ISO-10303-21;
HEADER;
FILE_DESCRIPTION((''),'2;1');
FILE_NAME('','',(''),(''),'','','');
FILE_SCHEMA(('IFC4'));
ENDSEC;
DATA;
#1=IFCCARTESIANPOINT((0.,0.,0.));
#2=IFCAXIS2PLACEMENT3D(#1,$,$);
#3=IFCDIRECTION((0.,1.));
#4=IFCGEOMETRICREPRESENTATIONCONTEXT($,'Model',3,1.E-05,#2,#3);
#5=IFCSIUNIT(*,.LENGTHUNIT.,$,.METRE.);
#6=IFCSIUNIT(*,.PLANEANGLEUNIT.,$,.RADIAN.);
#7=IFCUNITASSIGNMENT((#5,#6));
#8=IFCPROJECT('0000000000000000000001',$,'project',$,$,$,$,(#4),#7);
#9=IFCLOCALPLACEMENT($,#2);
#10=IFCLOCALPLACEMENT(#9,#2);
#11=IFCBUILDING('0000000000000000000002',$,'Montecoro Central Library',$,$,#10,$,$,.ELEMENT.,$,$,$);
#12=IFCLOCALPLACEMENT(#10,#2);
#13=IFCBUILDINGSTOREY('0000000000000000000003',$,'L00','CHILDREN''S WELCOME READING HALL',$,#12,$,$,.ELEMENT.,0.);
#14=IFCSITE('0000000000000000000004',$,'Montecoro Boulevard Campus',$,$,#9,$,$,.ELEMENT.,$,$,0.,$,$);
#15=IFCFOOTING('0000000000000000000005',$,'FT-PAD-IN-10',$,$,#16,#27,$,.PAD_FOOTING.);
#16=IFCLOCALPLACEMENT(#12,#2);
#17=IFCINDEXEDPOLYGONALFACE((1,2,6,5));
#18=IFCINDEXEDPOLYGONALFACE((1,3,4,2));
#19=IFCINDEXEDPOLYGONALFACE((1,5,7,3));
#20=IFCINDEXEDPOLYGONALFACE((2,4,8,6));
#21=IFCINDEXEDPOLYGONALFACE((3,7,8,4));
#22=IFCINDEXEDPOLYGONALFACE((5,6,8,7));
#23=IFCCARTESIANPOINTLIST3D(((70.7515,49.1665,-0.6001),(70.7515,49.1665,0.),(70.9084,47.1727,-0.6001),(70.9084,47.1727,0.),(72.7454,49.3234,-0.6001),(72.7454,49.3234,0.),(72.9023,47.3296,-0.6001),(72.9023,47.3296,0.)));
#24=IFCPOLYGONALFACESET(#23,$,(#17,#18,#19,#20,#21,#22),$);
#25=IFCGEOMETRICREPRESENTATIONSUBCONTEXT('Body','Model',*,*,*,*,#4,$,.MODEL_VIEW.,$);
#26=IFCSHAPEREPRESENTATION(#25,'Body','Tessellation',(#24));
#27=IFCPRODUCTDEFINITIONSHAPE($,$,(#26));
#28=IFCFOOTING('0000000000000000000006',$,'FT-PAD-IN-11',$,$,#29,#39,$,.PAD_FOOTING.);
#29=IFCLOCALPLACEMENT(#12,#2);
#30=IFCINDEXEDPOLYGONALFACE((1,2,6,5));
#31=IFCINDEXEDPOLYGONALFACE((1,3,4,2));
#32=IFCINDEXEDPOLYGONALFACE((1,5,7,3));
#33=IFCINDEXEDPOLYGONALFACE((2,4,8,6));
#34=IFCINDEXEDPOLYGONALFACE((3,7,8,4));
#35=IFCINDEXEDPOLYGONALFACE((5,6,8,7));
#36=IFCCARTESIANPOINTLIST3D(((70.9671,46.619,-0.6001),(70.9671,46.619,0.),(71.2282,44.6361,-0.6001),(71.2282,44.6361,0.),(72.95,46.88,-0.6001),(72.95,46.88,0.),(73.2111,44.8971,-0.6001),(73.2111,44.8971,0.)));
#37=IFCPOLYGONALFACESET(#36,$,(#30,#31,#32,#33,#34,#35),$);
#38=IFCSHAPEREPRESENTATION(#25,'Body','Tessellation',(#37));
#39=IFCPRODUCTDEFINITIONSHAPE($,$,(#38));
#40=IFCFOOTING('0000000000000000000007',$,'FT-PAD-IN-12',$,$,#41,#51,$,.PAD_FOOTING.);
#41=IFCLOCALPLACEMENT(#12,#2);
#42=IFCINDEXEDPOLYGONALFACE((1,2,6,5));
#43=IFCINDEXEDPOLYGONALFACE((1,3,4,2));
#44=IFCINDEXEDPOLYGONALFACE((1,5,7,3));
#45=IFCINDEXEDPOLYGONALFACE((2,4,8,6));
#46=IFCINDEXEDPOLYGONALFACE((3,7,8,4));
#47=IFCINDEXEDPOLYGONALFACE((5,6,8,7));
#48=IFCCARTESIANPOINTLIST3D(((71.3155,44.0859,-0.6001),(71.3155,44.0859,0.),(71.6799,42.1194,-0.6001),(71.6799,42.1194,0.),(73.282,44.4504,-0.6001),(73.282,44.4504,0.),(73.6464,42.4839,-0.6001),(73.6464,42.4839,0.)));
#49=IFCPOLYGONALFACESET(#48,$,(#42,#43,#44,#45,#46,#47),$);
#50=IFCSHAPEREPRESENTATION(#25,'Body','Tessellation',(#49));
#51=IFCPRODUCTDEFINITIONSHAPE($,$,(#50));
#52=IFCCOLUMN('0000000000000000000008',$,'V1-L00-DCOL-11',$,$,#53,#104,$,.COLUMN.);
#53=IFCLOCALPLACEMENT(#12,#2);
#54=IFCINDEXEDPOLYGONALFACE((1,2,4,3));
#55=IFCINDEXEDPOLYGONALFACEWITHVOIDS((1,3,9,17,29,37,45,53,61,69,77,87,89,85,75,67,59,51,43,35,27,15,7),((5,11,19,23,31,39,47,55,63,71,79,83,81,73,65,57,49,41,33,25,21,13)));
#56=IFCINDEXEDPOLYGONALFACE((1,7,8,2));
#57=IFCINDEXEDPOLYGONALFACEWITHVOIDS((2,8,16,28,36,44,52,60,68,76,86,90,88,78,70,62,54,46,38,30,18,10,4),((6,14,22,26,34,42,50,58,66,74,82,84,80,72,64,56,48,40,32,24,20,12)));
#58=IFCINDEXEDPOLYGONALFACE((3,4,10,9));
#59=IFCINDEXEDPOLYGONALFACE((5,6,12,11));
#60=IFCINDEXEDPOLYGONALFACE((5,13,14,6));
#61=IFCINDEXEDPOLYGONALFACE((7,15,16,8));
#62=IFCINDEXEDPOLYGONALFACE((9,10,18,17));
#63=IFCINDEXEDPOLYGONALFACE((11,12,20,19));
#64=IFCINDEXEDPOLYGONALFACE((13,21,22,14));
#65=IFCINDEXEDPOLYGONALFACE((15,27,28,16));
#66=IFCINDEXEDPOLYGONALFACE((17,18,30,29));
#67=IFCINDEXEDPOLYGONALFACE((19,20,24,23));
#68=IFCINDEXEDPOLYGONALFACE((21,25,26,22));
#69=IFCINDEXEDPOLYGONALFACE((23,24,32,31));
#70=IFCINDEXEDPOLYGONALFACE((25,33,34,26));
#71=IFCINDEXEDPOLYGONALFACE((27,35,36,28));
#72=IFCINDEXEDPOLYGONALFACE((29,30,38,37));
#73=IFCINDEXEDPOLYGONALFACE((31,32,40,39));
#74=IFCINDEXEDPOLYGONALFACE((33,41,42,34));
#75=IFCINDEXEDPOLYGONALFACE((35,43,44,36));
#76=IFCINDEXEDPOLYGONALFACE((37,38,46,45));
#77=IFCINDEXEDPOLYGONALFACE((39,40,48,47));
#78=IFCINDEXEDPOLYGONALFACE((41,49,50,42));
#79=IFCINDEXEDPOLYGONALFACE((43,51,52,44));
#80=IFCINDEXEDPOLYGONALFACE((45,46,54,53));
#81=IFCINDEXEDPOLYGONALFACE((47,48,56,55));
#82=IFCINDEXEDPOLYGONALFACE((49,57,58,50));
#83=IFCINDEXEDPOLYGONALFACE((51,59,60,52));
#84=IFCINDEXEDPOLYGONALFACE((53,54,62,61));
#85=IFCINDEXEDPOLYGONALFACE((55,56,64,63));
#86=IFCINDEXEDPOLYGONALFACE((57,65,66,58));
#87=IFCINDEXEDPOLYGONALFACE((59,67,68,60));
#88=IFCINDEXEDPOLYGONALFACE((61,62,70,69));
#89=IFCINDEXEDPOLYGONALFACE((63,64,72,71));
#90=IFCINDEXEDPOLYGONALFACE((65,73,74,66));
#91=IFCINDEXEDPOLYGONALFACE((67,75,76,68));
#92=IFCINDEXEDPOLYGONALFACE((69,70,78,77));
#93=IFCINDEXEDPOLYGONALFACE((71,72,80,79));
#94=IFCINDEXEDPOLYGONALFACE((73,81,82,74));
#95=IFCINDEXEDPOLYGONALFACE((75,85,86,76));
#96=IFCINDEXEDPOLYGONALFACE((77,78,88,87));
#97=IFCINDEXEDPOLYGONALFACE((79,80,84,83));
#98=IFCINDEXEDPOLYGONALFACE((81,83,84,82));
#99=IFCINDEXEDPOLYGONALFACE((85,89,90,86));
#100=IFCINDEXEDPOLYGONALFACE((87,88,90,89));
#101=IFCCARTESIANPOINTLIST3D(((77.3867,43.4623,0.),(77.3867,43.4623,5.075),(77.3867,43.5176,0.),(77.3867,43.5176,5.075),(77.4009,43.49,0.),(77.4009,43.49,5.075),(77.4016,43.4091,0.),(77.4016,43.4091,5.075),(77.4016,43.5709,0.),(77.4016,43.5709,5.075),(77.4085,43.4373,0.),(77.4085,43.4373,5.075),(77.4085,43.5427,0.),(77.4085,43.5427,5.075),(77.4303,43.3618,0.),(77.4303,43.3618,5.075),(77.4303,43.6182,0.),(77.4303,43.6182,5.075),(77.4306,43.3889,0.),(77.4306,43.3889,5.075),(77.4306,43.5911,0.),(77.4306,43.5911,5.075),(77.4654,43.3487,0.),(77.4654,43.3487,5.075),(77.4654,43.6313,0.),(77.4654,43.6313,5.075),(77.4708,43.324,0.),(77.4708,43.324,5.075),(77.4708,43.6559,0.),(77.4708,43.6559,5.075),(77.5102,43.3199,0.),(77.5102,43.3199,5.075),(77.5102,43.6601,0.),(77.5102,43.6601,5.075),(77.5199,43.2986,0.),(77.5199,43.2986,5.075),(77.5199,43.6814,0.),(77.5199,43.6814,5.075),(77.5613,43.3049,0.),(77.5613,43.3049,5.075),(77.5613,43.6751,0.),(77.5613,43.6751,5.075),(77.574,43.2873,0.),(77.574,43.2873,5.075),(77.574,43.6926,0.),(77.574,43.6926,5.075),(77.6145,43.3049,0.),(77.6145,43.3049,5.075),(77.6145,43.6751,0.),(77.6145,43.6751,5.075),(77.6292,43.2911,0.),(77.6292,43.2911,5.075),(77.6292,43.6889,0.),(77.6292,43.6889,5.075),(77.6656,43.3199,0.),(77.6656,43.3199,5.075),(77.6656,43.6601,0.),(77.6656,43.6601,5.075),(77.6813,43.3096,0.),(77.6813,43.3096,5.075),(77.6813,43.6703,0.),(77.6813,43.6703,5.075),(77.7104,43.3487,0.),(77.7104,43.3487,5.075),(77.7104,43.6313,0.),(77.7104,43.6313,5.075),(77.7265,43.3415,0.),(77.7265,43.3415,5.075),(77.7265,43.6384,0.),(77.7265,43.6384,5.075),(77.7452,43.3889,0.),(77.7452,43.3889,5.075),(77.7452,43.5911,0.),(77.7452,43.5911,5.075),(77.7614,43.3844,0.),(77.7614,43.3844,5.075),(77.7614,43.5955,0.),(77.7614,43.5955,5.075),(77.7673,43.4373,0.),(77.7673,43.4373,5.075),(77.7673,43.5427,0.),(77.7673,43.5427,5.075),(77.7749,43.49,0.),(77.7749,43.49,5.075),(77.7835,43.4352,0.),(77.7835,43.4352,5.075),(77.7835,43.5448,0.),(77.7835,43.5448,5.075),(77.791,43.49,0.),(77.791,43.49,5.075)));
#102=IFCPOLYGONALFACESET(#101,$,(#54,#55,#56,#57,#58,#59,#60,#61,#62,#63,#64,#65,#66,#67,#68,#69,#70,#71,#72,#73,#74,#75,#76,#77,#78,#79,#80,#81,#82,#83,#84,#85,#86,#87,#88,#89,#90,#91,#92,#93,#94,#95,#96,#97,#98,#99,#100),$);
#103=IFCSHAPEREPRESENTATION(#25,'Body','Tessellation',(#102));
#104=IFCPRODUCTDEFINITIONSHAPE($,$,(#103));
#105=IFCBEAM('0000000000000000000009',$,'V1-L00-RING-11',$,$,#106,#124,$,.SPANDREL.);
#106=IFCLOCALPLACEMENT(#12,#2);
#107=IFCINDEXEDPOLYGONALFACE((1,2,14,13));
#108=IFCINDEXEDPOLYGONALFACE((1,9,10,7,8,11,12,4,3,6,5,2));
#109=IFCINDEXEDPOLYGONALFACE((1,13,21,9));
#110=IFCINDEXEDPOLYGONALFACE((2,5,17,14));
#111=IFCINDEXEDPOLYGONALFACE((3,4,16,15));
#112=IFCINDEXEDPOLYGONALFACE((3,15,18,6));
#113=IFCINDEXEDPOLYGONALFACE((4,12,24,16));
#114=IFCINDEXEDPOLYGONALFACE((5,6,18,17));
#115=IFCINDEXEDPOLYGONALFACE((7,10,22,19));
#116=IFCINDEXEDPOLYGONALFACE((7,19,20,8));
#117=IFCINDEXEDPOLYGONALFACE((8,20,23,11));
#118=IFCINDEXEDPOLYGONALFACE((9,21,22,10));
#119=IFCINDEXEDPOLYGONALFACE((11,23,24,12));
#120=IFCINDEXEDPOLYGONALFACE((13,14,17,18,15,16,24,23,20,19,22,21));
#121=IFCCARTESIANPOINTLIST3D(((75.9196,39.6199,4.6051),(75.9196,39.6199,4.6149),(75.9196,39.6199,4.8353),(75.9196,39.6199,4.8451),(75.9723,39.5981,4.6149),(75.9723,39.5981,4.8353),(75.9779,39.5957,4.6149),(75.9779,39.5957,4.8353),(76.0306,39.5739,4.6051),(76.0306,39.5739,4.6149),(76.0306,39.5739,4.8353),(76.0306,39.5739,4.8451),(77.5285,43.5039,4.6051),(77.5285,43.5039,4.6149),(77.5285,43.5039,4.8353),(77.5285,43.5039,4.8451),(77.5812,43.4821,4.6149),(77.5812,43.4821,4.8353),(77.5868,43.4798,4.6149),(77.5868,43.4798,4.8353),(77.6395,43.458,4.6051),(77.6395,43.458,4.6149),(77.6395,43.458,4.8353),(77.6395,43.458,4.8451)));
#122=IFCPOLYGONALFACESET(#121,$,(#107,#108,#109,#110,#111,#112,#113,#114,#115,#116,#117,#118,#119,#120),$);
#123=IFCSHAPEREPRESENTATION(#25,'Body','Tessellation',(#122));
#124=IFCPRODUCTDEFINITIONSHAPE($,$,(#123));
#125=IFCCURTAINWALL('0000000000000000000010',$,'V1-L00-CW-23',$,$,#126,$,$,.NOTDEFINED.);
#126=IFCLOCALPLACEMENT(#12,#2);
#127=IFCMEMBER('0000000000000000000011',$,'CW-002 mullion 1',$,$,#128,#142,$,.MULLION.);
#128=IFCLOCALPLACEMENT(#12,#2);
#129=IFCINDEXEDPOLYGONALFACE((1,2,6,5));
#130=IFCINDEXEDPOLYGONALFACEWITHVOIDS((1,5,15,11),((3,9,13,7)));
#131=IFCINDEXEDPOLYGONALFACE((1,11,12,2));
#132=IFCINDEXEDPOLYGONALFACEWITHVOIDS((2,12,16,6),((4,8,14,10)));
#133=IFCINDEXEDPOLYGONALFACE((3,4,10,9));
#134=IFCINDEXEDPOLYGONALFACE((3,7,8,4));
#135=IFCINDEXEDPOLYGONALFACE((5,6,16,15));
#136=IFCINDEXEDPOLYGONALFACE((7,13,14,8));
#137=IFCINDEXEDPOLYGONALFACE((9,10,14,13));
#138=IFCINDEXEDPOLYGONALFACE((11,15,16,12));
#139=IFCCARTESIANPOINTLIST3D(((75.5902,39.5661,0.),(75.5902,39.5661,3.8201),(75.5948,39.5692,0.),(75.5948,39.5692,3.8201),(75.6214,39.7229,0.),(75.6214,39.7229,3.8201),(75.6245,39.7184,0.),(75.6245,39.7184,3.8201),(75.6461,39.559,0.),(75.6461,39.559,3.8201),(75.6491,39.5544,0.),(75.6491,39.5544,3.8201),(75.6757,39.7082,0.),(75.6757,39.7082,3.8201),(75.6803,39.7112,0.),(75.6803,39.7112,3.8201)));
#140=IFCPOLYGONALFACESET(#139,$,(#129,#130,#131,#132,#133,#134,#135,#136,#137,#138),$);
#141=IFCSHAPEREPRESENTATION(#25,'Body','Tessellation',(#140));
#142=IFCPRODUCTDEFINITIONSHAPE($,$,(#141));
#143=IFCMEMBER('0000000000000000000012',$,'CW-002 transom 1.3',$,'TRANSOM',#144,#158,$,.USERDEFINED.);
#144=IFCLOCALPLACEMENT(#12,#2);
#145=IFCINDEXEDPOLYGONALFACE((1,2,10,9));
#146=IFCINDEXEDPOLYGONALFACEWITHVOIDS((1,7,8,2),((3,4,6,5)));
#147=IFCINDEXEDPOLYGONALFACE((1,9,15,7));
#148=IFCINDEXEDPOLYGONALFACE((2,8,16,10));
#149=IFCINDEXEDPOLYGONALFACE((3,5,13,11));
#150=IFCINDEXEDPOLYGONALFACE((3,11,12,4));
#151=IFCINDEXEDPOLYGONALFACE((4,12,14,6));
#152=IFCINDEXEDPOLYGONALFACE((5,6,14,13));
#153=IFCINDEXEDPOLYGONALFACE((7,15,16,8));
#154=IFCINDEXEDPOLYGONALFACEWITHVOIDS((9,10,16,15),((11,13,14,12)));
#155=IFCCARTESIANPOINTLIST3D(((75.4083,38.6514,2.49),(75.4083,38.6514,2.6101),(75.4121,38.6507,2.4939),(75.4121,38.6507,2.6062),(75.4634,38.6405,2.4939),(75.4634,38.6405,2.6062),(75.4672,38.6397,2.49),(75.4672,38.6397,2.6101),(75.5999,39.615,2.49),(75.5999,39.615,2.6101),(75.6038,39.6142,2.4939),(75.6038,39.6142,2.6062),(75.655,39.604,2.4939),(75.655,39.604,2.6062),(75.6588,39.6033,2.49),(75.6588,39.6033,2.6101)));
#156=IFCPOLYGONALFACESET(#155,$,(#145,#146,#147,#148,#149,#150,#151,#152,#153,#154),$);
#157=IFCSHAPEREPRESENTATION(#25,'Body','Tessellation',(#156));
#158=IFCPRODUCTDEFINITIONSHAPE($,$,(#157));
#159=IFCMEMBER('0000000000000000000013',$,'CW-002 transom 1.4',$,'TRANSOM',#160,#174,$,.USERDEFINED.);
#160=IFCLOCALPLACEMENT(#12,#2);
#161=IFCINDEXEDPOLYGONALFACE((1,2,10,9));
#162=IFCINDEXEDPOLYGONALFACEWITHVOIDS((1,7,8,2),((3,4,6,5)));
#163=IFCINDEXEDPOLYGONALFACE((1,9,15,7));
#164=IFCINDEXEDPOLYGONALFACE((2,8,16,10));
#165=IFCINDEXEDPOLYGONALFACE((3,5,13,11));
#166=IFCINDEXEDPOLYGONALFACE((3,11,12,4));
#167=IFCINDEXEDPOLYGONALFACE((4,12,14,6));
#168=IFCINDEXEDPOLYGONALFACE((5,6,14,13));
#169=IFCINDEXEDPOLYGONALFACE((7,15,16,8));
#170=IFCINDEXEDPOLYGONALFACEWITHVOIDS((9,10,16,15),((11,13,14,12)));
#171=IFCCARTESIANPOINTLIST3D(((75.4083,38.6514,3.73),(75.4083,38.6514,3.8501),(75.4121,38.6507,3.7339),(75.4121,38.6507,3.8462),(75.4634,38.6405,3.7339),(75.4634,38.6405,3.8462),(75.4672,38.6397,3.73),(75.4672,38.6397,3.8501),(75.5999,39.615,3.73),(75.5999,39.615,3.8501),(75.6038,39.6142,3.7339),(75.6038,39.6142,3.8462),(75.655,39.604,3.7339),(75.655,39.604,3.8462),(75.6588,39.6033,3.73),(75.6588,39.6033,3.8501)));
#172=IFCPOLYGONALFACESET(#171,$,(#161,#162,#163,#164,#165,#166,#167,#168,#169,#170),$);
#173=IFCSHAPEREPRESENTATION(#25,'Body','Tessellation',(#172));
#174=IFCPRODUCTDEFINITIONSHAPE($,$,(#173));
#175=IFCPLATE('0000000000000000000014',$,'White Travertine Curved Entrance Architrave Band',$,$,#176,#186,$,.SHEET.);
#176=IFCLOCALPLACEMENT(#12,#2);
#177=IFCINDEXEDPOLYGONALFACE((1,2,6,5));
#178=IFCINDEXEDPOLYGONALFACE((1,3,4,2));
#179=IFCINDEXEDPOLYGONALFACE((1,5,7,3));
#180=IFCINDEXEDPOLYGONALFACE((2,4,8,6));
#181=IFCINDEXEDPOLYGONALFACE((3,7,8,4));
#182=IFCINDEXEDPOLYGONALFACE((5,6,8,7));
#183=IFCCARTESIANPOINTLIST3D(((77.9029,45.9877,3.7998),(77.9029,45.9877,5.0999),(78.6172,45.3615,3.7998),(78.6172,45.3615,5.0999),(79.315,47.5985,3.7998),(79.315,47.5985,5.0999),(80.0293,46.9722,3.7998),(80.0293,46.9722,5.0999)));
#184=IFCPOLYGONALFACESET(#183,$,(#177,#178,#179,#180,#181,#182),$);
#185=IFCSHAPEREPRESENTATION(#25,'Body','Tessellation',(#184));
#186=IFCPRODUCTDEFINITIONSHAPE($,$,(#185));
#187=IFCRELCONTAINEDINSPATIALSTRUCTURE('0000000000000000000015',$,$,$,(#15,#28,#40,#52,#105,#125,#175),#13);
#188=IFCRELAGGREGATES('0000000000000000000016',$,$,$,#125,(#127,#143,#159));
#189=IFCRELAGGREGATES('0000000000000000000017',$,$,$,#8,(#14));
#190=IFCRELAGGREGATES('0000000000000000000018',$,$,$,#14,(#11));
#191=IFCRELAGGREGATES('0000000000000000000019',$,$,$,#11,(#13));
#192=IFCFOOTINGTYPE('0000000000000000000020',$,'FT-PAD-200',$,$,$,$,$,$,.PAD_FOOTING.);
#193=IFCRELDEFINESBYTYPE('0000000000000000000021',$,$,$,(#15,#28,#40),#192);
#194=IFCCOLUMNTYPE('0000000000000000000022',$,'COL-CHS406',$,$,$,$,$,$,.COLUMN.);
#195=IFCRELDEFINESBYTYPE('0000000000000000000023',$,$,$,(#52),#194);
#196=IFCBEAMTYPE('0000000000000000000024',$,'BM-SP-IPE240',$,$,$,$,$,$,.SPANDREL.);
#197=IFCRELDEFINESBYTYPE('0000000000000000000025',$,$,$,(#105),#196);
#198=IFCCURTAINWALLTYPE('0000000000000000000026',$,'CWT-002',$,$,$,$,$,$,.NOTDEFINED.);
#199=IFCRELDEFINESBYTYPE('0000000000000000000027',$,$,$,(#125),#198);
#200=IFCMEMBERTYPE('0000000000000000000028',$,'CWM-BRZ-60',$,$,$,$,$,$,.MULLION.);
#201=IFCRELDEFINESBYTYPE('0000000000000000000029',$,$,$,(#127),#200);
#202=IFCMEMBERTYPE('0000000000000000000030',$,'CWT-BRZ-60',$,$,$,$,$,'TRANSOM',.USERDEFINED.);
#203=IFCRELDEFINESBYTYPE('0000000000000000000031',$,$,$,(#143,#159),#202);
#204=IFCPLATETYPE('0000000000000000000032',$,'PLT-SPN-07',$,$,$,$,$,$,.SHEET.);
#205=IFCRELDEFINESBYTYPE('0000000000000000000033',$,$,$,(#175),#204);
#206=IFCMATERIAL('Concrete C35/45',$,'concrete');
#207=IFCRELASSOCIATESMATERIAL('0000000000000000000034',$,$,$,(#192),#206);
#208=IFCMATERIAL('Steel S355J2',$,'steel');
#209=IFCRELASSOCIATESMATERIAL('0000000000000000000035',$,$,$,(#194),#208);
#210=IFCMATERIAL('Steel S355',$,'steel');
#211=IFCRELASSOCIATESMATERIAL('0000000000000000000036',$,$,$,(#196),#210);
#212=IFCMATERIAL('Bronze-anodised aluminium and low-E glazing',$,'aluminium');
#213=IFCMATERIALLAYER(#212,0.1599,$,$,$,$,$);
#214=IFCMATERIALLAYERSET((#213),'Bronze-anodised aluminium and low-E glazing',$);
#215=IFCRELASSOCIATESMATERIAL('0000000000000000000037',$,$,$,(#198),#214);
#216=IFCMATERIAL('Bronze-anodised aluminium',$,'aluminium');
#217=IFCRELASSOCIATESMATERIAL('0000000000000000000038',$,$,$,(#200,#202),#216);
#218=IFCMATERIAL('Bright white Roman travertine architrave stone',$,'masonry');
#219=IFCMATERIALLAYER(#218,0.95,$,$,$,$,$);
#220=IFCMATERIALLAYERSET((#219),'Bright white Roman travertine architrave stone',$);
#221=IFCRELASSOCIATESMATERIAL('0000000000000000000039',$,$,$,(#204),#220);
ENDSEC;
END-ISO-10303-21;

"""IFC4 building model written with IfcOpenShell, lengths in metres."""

from ifc_helpers import new_model, si_unit, direction, frame, origin, origin_2d, place, context, subcontext, project, spatial, rectangle, hollow_rectangle, hollow_circle, i_section, extrude, material, layer, layer_set, material_profile, profile_set, type_object, element, aggregate, save


model = new_model("IFC4")

# Units and contexts
model_context = context("Model", 3, precision=1e-05, world=origin(), true_north=direction((0.0, 1.0)))
body_context = subcontext(model_context, "Body", "Model", "MODEL_VIEW")
ifc_project = project(units=[si_unit("LENGTHUNIT", "METRE"), si_unit("PLANEANGLEUNIT", "RADIAN")], contexts=[model_context])

# Site, building, storey
site_placement = place(None, origin())
site = spatial("IfcSite", under=ifc_project, at=site_placement, Name="Montecoro Boulevard Campus", CompositionType="ELEMENT", RefElevation=0.0)
building_placement = place(site_placement, origin())
building = spatial("IfcBuilding", under=site, at=building_placement, Name="Montecoro Central Library", CompositionType="ELEMENT")
storey_placement = place(building_placement, origin())
storey = spatial("IfcBuildingStorey", under=building, at=storey_placement, Name="L00", Description="CHILDREN'S WELCOME READING HALL", CompositionType="ELEMENT", Elevation=0.0)

# Footings
ifc_material_1 = material(Name="Concrete C35/45", Category="concrete")
footing_type = type_object("IfcFootingType", Name="FT-PAD-200", PredefinedType="PAD_FOOTING", material=ifc_material_1)
for number, where, z_axis, x_axis, name in (
    (1, (71.8269, 48.248, -0.6001), (0.0, 0.0, 1.0), (0.078459, -0.996917, 0.0), "FT-PAD-IN-10"),
    (2, (72.0891, 45.7581, -0.6001), (0.0, 0.0, 1.0), (0.130526, -0.991445, 0.0), "FT-PAD-IN-11"),
    (3, (72.481, 43.2849, -0.6001), (0.0, 0.0, 1.0), (0.182236, -0.983255, 0.0), "FT-PAD-IN-12"),
):
    element("IfcFooting", number, at=place(storey_placement, frame(where, z_axis=z_axis, x_axis=x_axis)), inside=storey, type_object=footing_type, Name=name, PredefinedType="PAD_FOOTING", context=body_context, shape_type="SweptSolid", body=[
        extrude(rectangle(XDim=2.0, YDim=2.0, at=origin_2d()), origin(), (0.0, 0.0, 1.0), 0.6001),
    ])

# Column
ifc_material_2 = material(Name="Steel S355J2", Category="steel")
ifc_material_profile_1 = material_profile(ifc_material_2, hollow_circle(Radius=0.2031, WallThickness=0.0161, at=origin_2d()), Name="CHS 406.4x16.0")
ifc_profile_set_1 = profile_set([ifc_material_profile_1], Name="Steel S355J2")
column_type = type_object("IfcColumnType", Name="COL-CHS406", PredefinedType="COLUMN", material=ifc_profile_set_1)
column_placement = place(storey_placement, frame((77.5879, 43.49, 0.0), z_axis=(0.0, 0.0, 1.0), x_axis=(1.0, 0.0, 0.0)))
element("IfcColumn", 4, at=column_placement, inside=storey, type_object=column_type, Name="V1-L00-DCOL-11", PredefinedType="COLUMN", context=body_context, shape_type="SweptSolid", body=[
    extrude(hollow_circle(Radius=0.2031, WallThickness=0.0161, at=origin_2d()), origin(), (0.0, 0.0, 1.0), 5.075),
])

# Beam
ifc_material_3 = material(Name="Steel S355", Category="steel")
ifc_material_profile_2 = material_profile(ifc_material_3, i_section(OverallWidth=0.1201, OverallDepth=0.24, WebThickness=0.0061, FlangeThickness=0.0098, at=origin_2d()), Name="IPE 240")
ifc_profile_set_2 = profile_set([ifc_material_profile_2], Name="Steel S355")
beam_type = type_object("IfcBeamType", Name="BM-SP-IPE240", PredefinedType="SPANDREL", material=ifc_profile_set_2)
beam_placement = place(storey_placement, frame((77.584, 43.481, 4.7251), z_axis=(-0.382697, -0.923874, 0.0), x_axis=(0.923874, -0.382697, 0.0)))
element("IfcBeam", 5, at=beam_placement, inside=storey, type_object=beam_type, Name="V1-L00-RING-11", PredefinedType="SPANDREL", context=body_context, shape_type="SweptSolid", body=[
    extrude(i_section(OverallWidth=0.1201, OverallDepth=0.24, WebThickness=0.0061, FlangeThickness=0.0098, at=origin_2d()), origin(), (0.0, 0.0, 1.0), 4.2041),
])

# Curtain wall, members
ifc_material_4 = material(Name="Bronze-anodised aluminium and low-E glazing", Category="aluminium")
ifc_layer_1 = layer(ifc_material_4, 0.1599)
ifc_layer_set_1 = layer_set([ifc_layer_1], Name="Bronze-anodised aluminium and low-E glazing")
curtain_wall_type = type_object("IfcCurtainWallType", Name="CWT-002", PredefinedType="NOTDEFINED", material=ifc_layer_set_1)
curtain_wall_placement = place(storey_placement, origin())
curtain_wall = element("IfcCurtainWall", 6, at=curtain_wall_placement, inside=storey, type_object=curtain_wall_type, Name="V1-L00-CW-23", PredefinedType="NOTDEFINED")
ifc_material_5 = material(Name="Bronze-anodised aluminium", Category="aluminium")
ifc_material_profile_3 = material_profile(ifc_material_5, hollow_rectangle(XDim=0.0601, YDim=0.1599, WallThickness=0.0039, at=origin_2d()), Name="CWM 160x60x4.0")
ifc_profile_set_3 = profile_set([ifc_material_profile_3], Name="Bronze-anodised aluminium")
member_type_1 = type_object("IfcMemberType", Name="CWM-BRZ-60", PredefinedType="MULLION", material=ifc_profile_set_3)
member_1_placement = place(storey_placement, frame((75.6353, 39.6387, 0.0), z_axis=(0.0, 0.0, 1.0), x_axis=(0.980831, -0.194861, 0.0)))
member_1 = element("IfcMember", 7, at=member_1_placement, type_object=member_type_1, Name="CW-002 mullion 1", PredefinedType="MULLION", context=body_context, shape_type="SweptSolid", body=[
    extrude(hollow_rectangle(XDim=0.0601, YDim=0.1599, WallThickness=0.0039, at=origin_2d()), origin(), (0.0, 0.0, 1.0), 3.8201),
])
ifc_material_profile_4 = material_profile(ifc_material_5, hollow_rectangle(XDim=0.0601, YDim=0.1201, WallThickness=0.0039, at=origin_2d()), Name="CWT 120x60x4.0")
ifc_profile_set_4 = profile_set([ifc_material_profile_4], Name="Bronze-anodised aluminium")
member_type_2 = type_object("IfcMemberType", Name="CWT-BRZ-60", ElementType="TRANSOM", PredefinedType="USERDEFINED", material=ifc_profile_set_4)
member_2_placement = place(storey_placement, frame((75.6294, 39.6091, 2.55), z_axis=(-0.195065, -0.98079, 0.0), x_axis=(0.98079, -0.195065, 0.0)))
member_2 = element("IfcMember", 8, at=member_2_placement, type_object=member_type_2, Name="CW-002 transom 1.3", ObjectType="TRANSOM", PredefinedType="USERDEFINED", context=body_context, shape_type="SweptSolid", body=[
    extrude(hollow_rectangle(XDim=0.0601, YDim=0.1201, WallThickness=0.0039, at=origin_2d()), origin(), (0.0, 0.0, 1.0), 0.9824),
])
member_3_placement = place(storey_placement, frame((75.6294, 39.6091, 3.79), z_axis=(-0.195065, -0.98079, 0.0), x_axis=(0.98079, -0.195065, 0.0)))
member_3 = element("IfcMember", 9, at=member_3_placement, type_object=member_type_2, Name="CW-002 transom 1.4", ObjectType="TRANSOM", PredefinedType="USERDEFINED", context=body_context, shape_type="SweptSolid", body=[
    extrude(hollow_rectangle(XDim=0.0601, YDim=0.1201, WallThickness=0.0039, at=origin_2d()), origin(), (0.0, 0.0, 1.0), 0.9824),
])
aggregate(curtain_wall, [member_1, member_2, member_3])

# Plate
ifc_material_6 = material(Name="Bright white Roman travertine architrave stone", Category="masonry")
ifc_layer_2 = layer(ifc_material_6, 0.95)
ifc_layer_set_2 = layer_set([ifc_layer_2], Name="Bright white Roman travertine architrave stone")
plate_type = type_object("IfcPlateType", Name="PLT-SPN-07", PredefinedType="SHEET", material=ifc_layer_set_2)
plate_1_placement = place(storey_placement, frame((78.9661, 46.48, 3.7998), z_axis=(0.0, 0.0, 1.0), x_axis=(-0.659215, -0.751955, 0.0)))
element("IfcPlate", 10, at=plate_1_placement, inside=storey, type_object=plate_type, Name="White Travertine Curved Entrance Architrave Band", PredefinedType="SHEET", context=body_context, shape_type="SweptSolid", body=[
    extrude(rectangle(XDim=2.1421, YDim=0.95, at=origin_2d()), origin(), (0.0, 0.0, 1.0), 1.3),
])

save(model, "model.ifc")
